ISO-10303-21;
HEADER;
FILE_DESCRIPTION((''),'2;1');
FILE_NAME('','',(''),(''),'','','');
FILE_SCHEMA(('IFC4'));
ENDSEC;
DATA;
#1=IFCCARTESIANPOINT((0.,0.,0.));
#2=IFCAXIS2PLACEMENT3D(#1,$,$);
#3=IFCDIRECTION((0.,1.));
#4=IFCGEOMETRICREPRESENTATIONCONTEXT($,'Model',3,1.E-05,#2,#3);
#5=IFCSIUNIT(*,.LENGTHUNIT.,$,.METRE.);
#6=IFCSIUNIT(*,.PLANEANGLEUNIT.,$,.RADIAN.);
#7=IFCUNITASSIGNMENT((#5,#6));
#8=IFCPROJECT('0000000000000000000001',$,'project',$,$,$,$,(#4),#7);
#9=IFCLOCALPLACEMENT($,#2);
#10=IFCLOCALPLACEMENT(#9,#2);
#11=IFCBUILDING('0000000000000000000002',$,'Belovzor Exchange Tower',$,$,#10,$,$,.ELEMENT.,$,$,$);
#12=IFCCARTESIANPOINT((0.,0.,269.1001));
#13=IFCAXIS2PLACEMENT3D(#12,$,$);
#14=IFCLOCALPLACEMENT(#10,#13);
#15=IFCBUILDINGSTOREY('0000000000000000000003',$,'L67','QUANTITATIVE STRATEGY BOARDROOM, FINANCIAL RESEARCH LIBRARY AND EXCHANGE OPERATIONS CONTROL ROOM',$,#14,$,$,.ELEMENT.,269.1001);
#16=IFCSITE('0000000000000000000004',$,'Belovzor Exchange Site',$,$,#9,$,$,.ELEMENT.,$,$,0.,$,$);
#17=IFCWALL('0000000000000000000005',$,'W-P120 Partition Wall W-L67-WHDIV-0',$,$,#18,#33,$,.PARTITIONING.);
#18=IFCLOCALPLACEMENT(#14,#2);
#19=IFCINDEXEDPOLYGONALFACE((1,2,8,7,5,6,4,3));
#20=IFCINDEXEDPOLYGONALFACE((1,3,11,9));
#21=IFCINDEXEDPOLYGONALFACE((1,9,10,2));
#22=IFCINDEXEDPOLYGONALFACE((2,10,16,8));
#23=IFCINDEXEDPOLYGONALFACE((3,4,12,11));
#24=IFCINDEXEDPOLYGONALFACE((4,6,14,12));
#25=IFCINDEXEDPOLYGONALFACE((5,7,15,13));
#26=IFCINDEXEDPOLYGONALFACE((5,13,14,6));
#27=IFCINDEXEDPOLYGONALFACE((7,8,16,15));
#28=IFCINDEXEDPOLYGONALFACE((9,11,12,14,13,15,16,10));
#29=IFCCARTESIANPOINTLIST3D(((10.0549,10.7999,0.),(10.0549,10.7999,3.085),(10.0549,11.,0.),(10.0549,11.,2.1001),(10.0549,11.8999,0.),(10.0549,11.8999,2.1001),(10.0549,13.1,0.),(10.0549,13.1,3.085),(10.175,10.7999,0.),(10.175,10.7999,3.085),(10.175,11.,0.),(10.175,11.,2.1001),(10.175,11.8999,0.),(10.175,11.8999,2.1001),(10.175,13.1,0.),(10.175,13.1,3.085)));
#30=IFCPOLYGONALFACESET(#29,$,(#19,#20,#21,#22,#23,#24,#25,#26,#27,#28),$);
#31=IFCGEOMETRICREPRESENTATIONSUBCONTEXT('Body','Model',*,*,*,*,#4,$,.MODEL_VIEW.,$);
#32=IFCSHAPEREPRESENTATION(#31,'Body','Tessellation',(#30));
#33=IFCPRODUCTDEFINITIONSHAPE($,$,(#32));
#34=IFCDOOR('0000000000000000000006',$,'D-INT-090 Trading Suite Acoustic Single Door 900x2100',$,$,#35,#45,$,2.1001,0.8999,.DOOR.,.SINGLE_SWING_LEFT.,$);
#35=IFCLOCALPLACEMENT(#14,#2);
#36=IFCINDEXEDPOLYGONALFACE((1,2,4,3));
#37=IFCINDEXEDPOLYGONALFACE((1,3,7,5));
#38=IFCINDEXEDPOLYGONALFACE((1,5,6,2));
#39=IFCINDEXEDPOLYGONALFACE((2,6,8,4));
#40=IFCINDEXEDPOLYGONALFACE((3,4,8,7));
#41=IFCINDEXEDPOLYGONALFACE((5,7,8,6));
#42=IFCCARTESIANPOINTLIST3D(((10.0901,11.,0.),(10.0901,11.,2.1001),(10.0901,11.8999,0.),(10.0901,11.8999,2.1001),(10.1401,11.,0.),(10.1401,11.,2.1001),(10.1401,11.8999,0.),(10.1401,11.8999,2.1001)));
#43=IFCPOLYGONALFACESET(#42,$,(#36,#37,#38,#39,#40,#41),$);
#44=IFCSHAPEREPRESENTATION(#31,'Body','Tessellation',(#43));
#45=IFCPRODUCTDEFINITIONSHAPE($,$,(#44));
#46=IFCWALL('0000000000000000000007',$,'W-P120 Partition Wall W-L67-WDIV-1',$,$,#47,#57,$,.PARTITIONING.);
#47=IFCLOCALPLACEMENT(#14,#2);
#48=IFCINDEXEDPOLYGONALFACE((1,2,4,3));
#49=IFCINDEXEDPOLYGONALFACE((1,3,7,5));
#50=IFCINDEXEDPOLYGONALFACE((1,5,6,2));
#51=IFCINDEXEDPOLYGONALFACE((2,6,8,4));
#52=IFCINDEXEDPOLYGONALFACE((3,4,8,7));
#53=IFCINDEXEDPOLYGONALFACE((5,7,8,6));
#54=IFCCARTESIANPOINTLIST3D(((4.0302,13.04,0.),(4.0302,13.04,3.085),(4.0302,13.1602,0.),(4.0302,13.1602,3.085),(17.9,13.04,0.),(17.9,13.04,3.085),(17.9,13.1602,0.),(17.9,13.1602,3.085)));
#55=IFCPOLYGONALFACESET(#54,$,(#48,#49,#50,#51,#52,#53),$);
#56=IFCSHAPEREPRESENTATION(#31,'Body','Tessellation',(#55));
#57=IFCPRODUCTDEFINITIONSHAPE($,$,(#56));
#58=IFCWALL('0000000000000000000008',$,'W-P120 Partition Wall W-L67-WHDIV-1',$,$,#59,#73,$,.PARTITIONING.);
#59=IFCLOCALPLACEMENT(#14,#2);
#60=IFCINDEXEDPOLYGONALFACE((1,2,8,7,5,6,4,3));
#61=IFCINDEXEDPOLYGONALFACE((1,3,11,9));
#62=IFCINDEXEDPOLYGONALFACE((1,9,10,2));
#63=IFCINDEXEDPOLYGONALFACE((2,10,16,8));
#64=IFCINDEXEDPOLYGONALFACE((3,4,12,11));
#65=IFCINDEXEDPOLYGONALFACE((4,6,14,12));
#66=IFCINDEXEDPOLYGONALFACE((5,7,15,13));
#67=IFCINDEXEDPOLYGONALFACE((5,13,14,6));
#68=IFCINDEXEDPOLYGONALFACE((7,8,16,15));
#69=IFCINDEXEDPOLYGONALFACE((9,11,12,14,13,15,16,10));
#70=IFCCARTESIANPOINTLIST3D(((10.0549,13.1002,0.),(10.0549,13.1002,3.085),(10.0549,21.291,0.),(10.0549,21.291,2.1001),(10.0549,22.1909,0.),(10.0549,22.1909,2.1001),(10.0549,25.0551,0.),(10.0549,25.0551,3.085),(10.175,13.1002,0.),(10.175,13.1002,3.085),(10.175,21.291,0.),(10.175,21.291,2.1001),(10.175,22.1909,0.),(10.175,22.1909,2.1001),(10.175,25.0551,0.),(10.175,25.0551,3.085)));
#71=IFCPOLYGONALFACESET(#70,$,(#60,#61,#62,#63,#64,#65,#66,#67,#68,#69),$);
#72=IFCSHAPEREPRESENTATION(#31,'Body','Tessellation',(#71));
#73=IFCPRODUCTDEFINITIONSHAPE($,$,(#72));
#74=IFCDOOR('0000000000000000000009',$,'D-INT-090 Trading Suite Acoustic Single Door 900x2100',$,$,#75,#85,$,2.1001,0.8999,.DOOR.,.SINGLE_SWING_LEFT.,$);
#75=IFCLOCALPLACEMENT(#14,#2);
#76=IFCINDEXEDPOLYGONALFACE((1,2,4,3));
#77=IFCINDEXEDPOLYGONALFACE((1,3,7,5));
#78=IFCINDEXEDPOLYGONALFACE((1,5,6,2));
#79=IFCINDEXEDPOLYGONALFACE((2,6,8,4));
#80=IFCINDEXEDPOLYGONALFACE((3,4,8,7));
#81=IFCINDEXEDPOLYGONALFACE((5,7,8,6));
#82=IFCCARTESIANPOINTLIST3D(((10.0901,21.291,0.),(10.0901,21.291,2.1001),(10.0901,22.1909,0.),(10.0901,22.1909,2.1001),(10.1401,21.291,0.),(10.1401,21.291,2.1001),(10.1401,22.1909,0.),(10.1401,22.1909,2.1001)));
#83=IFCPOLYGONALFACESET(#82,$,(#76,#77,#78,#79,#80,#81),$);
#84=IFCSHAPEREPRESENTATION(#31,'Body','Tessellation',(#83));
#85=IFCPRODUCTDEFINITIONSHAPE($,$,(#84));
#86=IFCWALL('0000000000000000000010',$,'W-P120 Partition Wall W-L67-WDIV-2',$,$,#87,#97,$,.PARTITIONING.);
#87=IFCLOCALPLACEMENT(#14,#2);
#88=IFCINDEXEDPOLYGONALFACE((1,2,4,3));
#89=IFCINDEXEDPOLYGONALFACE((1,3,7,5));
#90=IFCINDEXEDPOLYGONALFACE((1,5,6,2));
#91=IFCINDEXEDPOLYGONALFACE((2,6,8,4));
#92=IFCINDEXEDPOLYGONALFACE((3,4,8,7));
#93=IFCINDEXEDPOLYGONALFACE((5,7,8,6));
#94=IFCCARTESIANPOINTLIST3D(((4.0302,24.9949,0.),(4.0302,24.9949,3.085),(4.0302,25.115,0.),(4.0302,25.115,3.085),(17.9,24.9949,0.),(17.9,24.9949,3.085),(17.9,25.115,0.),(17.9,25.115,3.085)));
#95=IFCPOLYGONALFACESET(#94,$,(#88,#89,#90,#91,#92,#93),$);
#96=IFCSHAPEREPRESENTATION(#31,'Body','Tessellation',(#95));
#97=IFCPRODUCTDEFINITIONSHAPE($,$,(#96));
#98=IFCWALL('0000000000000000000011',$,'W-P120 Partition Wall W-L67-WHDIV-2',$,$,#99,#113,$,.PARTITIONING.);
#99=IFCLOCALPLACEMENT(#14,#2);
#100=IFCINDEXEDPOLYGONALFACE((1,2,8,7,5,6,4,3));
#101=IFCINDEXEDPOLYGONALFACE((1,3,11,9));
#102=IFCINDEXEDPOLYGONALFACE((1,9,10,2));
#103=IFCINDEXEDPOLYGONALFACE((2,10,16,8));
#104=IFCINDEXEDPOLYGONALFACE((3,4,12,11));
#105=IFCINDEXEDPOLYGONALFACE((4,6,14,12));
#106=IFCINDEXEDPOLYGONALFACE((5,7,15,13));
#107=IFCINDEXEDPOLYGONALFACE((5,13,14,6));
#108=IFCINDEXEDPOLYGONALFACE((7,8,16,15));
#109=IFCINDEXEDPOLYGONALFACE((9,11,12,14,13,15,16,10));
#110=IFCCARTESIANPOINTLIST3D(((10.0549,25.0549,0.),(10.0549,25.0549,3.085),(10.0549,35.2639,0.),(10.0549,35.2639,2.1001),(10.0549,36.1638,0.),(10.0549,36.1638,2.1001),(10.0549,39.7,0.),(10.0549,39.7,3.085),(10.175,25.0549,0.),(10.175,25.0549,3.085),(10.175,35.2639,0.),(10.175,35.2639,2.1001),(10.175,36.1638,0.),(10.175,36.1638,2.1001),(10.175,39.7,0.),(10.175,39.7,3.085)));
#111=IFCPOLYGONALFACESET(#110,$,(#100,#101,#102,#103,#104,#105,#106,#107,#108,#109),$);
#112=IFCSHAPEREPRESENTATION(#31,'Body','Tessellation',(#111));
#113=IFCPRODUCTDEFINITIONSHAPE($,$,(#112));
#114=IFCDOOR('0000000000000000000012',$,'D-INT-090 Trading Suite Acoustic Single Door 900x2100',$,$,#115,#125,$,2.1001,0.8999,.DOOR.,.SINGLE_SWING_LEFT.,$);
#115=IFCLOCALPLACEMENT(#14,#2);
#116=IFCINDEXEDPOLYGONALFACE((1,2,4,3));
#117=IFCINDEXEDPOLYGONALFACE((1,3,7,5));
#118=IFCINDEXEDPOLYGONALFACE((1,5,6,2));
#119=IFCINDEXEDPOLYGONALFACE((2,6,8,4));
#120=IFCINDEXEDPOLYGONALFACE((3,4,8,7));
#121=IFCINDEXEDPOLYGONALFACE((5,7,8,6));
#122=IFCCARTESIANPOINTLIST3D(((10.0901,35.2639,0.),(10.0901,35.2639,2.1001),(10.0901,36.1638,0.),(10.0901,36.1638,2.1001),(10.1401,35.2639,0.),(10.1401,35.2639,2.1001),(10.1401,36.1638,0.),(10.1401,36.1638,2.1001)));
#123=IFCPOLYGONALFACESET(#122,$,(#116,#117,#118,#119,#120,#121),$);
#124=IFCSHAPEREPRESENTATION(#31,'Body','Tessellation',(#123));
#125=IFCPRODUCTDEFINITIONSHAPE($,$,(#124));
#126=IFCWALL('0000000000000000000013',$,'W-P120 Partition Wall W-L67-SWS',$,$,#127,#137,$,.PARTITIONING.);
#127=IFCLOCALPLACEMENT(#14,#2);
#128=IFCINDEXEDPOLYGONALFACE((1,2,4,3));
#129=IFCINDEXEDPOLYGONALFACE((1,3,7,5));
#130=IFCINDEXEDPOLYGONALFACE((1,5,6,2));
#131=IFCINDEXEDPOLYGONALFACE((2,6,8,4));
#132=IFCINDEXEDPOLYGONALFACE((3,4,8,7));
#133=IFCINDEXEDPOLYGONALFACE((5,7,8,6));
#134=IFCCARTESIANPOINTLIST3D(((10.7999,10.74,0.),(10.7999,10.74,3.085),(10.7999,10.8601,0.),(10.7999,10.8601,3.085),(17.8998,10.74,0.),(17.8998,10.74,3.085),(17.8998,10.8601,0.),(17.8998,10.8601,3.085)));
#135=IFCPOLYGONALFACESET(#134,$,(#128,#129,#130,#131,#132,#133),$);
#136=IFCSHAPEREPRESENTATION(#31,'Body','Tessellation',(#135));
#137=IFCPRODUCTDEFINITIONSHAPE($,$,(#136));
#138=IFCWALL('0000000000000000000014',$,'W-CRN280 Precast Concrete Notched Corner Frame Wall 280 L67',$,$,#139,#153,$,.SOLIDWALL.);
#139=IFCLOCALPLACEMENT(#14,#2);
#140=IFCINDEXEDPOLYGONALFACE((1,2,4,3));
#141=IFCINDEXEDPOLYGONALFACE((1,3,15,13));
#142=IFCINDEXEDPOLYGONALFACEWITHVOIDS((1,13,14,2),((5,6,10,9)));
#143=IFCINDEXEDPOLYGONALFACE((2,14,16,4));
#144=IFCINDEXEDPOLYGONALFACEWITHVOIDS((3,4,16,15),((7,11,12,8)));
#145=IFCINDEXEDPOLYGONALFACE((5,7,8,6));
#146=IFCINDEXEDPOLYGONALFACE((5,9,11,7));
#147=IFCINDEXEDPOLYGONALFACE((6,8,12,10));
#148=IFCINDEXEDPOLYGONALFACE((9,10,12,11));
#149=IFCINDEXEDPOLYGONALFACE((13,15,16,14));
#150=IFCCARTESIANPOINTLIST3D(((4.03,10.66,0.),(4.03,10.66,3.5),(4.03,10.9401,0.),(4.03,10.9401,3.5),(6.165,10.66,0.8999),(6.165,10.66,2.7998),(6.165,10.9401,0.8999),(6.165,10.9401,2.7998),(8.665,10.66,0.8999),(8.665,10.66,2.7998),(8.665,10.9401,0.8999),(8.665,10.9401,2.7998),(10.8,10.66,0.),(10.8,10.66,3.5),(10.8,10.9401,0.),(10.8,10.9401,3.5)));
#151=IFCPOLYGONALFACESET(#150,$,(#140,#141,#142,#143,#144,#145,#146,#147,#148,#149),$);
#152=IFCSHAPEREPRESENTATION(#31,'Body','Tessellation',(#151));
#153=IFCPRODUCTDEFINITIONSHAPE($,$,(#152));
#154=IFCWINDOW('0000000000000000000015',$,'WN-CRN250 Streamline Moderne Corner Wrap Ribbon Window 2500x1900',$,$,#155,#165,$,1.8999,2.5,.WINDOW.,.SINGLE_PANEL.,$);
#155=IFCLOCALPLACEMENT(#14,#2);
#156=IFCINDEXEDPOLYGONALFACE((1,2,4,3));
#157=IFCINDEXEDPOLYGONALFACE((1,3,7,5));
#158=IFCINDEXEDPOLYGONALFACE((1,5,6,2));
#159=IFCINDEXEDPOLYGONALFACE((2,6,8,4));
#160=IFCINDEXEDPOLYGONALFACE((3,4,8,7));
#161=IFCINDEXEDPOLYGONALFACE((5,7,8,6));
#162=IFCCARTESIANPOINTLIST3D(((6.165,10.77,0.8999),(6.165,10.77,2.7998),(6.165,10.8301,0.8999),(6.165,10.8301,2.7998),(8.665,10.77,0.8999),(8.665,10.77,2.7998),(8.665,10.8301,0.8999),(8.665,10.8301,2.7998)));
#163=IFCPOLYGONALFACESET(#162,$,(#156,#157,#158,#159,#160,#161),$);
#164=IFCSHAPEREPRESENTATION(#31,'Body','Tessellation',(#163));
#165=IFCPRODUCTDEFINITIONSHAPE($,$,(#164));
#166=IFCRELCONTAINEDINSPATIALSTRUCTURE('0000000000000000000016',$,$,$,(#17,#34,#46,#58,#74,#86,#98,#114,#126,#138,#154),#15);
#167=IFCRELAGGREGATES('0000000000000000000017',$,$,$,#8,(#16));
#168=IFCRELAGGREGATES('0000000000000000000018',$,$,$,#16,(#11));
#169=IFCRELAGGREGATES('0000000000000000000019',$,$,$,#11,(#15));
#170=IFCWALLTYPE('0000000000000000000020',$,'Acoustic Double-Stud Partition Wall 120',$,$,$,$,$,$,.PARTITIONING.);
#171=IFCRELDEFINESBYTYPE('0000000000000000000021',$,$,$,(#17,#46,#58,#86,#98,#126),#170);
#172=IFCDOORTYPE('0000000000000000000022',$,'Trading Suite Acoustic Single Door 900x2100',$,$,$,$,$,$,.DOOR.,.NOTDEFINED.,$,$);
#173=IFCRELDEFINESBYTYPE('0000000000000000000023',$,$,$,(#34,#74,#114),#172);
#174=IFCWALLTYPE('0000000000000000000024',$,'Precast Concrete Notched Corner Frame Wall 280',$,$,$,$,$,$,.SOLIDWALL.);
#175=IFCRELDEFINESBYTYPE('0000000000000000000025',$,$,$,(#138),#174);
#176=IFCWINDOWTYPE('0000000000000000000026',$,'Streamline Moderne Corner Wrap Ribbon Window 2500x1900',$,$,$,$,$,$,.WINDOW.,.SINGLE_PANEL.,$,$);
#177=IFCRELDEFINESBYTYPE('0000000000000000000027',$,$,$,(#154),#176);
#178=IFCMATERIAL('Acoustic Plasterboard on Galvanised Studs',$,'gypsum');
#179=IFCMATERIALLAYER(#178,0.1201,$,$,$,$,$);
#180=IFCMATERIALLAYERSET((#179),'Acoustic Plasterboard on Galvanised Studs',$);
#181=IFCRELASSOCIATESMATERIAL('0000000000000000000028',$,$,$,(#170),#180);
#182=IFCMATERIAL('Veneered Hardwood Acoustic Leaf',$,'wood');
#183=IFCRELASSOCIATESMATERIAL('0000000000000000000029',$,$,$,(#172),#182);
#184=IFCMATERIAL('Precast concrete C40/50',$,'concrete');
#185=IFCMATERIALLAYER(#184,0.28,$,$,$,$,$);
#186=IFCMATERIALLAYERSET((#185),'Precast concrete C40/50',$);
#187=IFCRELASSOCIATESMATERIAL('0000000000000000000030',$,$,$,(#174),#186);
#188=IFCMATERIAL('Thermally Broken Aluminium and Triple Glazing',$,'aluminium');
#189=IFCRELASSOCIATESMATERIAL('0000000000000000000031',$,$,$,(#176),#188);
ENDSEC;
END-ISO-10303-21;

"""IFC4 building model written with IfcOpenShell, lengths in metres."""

from ifc_helpers import new_model, si_unit, direction, frame, frame_2d, origin, place, context, subcontext, project, spatial, rectangle, extrude, material, layer, layer_set, type_object, element, fill, save


model = new_model("IFC4")

# Units and contexts
model_context = context("Model", 3, precision=1e-05, world=origin(), true_north=direction((0.0, 1.0)))
body_context = subcontext(model_context, "Body", "Model", "MODEL_VIEW")
ifc_project = project(units=[si_unit("LENGTHUNIT", "METRE"), si_unit("PLANEANGLEUNIT", "RADIAN")], contexts=[model_context])

# Site, building, storey
site_placement = place(None, origin())
site = spatial("IfcSite", under=ifc_project, at=site_placement, Name="Belovzor Exchange Site", CompositionType="ELEMENT", RefElevation=0.0)
building_placement = place(site_placement, origin())
building = spatial("IfcBuilding", under=site, at=building_placement, Name="Belovzor Exchange Tower", CompositionType="ELEMENT")
storey_placement = place(building_placement, frame((0.0, 0.0, 269.1001)))
storey = spatial("IfcBuildingStorey", under=building, at=storey_placement, Name="L67", Description="QUANTITATIVE STRATEGY BOARDROOM, FINANCIAL RESEARCH LIBRARY AND EXCHANGE OPERATIONS CONTROL ROOM", CompositionType="ELEMENT", Elevation=269.1001)

# Wall, opening, door
ifc_material_1 = material(Name="Acoustic Plasterboard on Galvanised Studs", Category="gypsum")
ifc_layer_1 = layer(ifc_material_1, 0.1201)
ifc_layer_set_1 = layer_set([ifc_layer_1], Name="Acoustic Plasterboard on Galvanised Studs")
wall_type_1 = type_object("IfcWallType", Name="Acoustic Double-Stud Partition Wall 120", PredefinedType="PARTITIONING", material=ifc_layer_set_1)
wall_1_placement = place(storey_placement, frame((10.115, 10.8, 0.0), z_axis=(0.0, 0.0, 1.0), x_axis=(0.0, 1.0, 0.0)))
wall_1 = element("IfcWall", 1, at=wall_1_placement, inside=storey, type_object=wall_type_1, Name="W-P120 Partition Wall W-L67-WHDIV-0", PredefinedType="PARTITIONING", context=body_context, shape_type="SweptSolid", body=[
    extrude(rectangle(XDim=2.3, YDim=0.1201, at=frame_2d((1.1499, 0.0))), origin(), (0.0, 0.0, 1.0), 3.085),
])
opening_1_placement = place(wall_1_placement, frame((0.2, 0.0, 0.0)))
opening_1 = element("IfcOpeningElement", 2, at=opening_1_placement, cuts=wall_1, PredefinedType="OPENING", context=body_context, shape_type="SweptSolid", body=[
    extrude(rectangle(XDim=0.8999, YDim=2.1001, at=frame_2d((0.45, 1.05))), frame((0.0, 0.0701, 0.0), z_axis=(0.0, -1.0, 0.0), x_axis=(1.0, 0.0, 0.0)), (0.0, 0.0, 1.0), 0.1401),
])
ifc_material_2 = material(Name="Veneered Hardwood Acoustic Leaf", Category="wood")
door_type_1 = type_object("IfcDoorType", Name="Trading Suite Acoustic Single Door 900x2100", OperationType="NOTDEFINED", PredefinedType="DOOR", material=ifc_material_2)
door_1_placement = place(opening_1_placement, origin())
door_1 = element("IfcDoor", 3, at=door_1_placement, inside=storey, type_object=door_type_1, Name="D-INT-090 Trading Suite Acoustic Single Door 900x2100", OperationType="SINGLE_SWING_LEFT", OverallHeight=2.1001, OverallWidth=0.8999, PredefinedType="DOOR", context=body_context, shape_type="SweptSolid", body=[
    extrude(rectangle(XDim=0.8999, YDim=2.1001, at=frame_2d((0.45, 1.05))), frame((0.0, 0.0249, 0.0), z_axis=(0.0, -1.0, 0.0), x_axis=(1.0, 0.0, 0.0)), (0.0, 0.0, 1.0), 0.05),
])
fill(opening_1, door_1)

# Wall
wall_2_placement = place(storey_placement, frame((4.03, 13.1001, 0.0), z_axis=(0.0, 0.0, 1.0), x_axis=(1.0, 0.0, 0.0)))
element("IfcWall", 4, at=wall_2_placement, inside=storey, type_object=wall_type_1, Name="W-P120 Partition Wall W-L67-WDIV-1", PredefinedType="PARTITIONING", context=body_context, shape_type="SweptSolid", body=[
    extrude(rectangle(XDim=13.8699, YDim=0.1201, at=frame_2d((6.9351, 0.0))), origin(), (0.0, 0.0, 1.0), 3.085),
])

# Wall, opening, door
wall_3_placement = place(storey_placement, frame((10.115, 13.1001, 0.0), z_axis=(0.0, 0.0, 1.0), x_axis=(0.0, 1.0, 0.0)))
wall_3 = element("IfcWall", 5, at=wall_3_placement, inside=storey, type_object=wall_type_1, Name="W-P120 Partition Wall W-L67-WHDIV-1", PredefinedType="PARTITIONING", context=body_context, shape_type="SweptSolid", body=[
    extrude(rectangle(XDim=11.9548, YDim=0.1201, at=frame_2d((5.9775, 0.0))), origin(), (0.0, 0.0, 1.0), 3.085),
])
opening_2_placement = place(wall_3_placement, frame((8.1909, 0.0, 0.0)))
opening_2 = element("IfcOpeningElement", 6, at=opening_2_placement, cuts=wall_3, PredefinedType="OPENING", context=body_context, shape_type="SweptSolid", body=[
    extrude(rectangle(XDim=0.8999, YDim=2.1001, at=frame_2d((0.45, 1.05))), frame((0.0, 0.0701, 0.0), z_axis=(0.0, -1.0, 0.0), x_axis=(1.0, 0.0, 0.0)), (0.0, 0.0, 1.0), 0.1401),
])
door_2_placement = place(opening_2_placement, origin())
door_2 = element("IfcDoor", 7, at=door_2_placement, inside=storey, type_object=door_type_1, Name="D-INT-090 Trading Suite Acoustic Single Door 900x2100", OperationType="SINGLE_SWING_LEFT", OverallHeight=2.1001, OverallWidth=0.8999, PredefinedType="DOOR", context=body_context, shape_type="SweptSolid", body=[
    extrude(rectangle(XDim=0.8999, YDim=2.1001, at=frame_2d((0.45, 1.05))), frame((0.0, 0.0249, 0.0), z_axis=(0.0, -1.0, 0.0), x_axis=(1.0, 0.0, 0.0)), (0.0, 0.0, 1.0), 0.05),
])
fill(opening_2, door_2)

# Wall
wall_4_placement = place(storey_placement, frame((4.03, 25.0549, 0.0), z_axis=(0.0, 0.0, 1.0), x_axis=(1.0, 0.0, 0.0)))
element("IfcWall", 8, at=wall_4_placement, inside=storey, type_object=wall_type_1, Name="W-P120 Partition Wall W-L67-WDIV-2", PredefinedType="PARTITIONING", context=body_context, shape_type="SweptSolid", body=[
    extrude(rectangle(XDim=13.8699, YDim=0.1201, at=frame_2d((6.9351, 0.0))), origin(), (0.0, 0.0, 1.0), 3.085),
])

# Wall, opening, door
wall_5_placement = place(storey_placement, frame((10.115, 25.0549, 0.0), z_axis=(0.0, 0.0, 1.0), x_axis=(0.0, 1.0, 0.0)))
wall_5 = element("IfcWall", 9, at=wall_5_placement, inside=storey, type_object=wall_type_1, Name="W-P120 Partition Wall W-L67-WHDIV-2", PredefinedType="PARTITIONING", context=body_context, shape_type="SweptSolid", body=[
    extrude(rectangle(XDim=14.645, YDim=0.1201, at=frame_2d((7.3225, 0.0))), origin(), (0.0, 0.0, 1.0), 3.085),
])
opening_3_placement = place(wall_5_placement, frame((10.209, 0.0, 0.0)))
opening_3 = element("IfcOpeningElement", 10, at=opening_3_placement, cuts=wall_5, PredefinedType="OPENING", context=body_context, shape_type="SweptSolid", body=[
    extrude(rectangle(XDim=0.8999, YDim=2.1001, at=frame_2d((0.45, 1.05))), frame((0.0, 0.0701, 0.0), z_axis=(0.0, -1.0, 0.0), x_axis=(1.0, 0.0, 0.0)), (0.0, 0.0, 1.0), 0.1401),
])
door_3_placement = place(opening_3_placement, origin())
door_3 = element("IfcDoor", 11, at=door_3_placement, inside=storey, type_object=door_type_1, Name="D-INT-090 Trading Suite Acoustic Single Door 900x2100", OperationType="SINGLE_SWING_LEFT", OverallHeight=2.1001, OverallWidth=0.8999, PredefinedType="DOOR", context=body_context, shape_type="SweptSolid", body=[
    extrude(rectangle(XDim=0.8999, YDim=2.1001, at=frame_2d((0.45, 1.05))), frame((0.0, 0.0249, 0.0), z_axis=(0.0, -1.0, 0.0), x_axis=(1.0, 0.0, 0.0)), (0.0, 0.0, 1.0), 0.05),
])
fill(opening_3, door_3)

# Wall
wall_6_placement = place(storey_placement, frame((10.8, 10.8, 0.0), z_axis=(0.0, 0.0, 1.0), x_axis=(1.0, 0.0, 0.0)))
element("IfcWall", 12, at=wall_6_placement, inside=storey, type_object=wall_type_1, Name="W-P120 Partition Wall W-L67-SWS", PredefinedType="PARTITIONING", context=body_context, shape_type="SweptSolid", body=[
    extrude(rectangle(XDim=7.0999, YDim=0.1201, at=frame_2d((3.5498, 0.0))), origin(), (0.0, 0.0, 1.0), 3.085),
])

# Wall, opening, window
ifc_material_3 = material(Name="Precast concrete C40/50", Category="concrete")
ifc_layer_2 = layer(ifc_material_3, 0.28)
ifc_layer_set_2 = layer_set([ifc_layer_2], Name="Precast concrete C40/50")
wall_type_2 = type_object("IfcWallType", Name="Precast Concrete Notched Corner Frame Wall 280", PredefinedType="SOLIDWALL", material=ifc_layer_set_2)
wall_7_placement = place(storey_placement, frame((10.8, 10.8, 0.0), z_axis=(0.0, 0.0, 1.0), x_axis=(-1.0, 0.0, 0.0)))
wall_7 = element("IfcWall", 13, at=wall_7_placement, inside=storey, type_object=wall_type_2, Name="W-CRN280 Precast Concrete Notched Corner Frame Wall 280 L67", PredefinedType="SOLIDWALL", context=body_context, shape_type="SweptSolid", body=[
    extrude(rectangle(XDim=6.77, YDim=0.28, at=frame_2d((3.385, 0.0))), origin(), (0.0, 0.0, 1.0), 3.5),
])
opening_4_placement = place(wall_7_placement, frame((2.135, 0.0, 0.8999)))
opening_4 = element("IfcOpeningElement", 14, at=opening_4_placement, cuts=wall_7, PredefinedType="OPENING", context=body_context, shape_type="SweptSolid", body=[
    extrude(rectangle(XDim=2.5, YDim=1.8999, at=frame_2d((1.25, 0.95))), frame((0.0, 0.1499, 0.0), z_axis=(0.0, -1.0, 0.0), x_axis=(1.0, 0.0, 0.0)), (0.0, 0.0, 1.0), 0.3),
])
ifc_material_4 = material(Name="Thermally Broken Aluminium and Triple Glazing", Category="aluminium")
window_type = type_object("IfcWindowType", Name="Streamline Moderne Corner Wrap Ribbon Window 2500x1900", PartitioningType="SINGLE_PANEL", PredefinedType="WINDOW", material=ifc_material_4)
window_placement = place(opening_4_placement, origin())
window = element("IfcWindow", 15, at=window_placement, inside=storey, type_object=window_type, Name="WN-CRN250 Streamline Moderne Corner Wrap Ribbon Window 2500x1900", OverallHeight=1.8999, OverallWidth=2.5, PartitioningType="SINGLE_PANEL", PredefinedType="WINDOW", context=body_context, shape_type="SweptSolid", body=[
    extrude(rectangle(XDim=2.5, YDim=1.8999, at=frame_2d((1.25, 0.95))), frame((0.0, 0.03, 0.0), z_axis=(0.0, -1.0, 0.0), x_axis=(1.0, 0.0, 0.0)), (0.0, 0.0, 1.0), 0.0601),
])
fill(opening_4, window)

save(model, "model.ifc")
